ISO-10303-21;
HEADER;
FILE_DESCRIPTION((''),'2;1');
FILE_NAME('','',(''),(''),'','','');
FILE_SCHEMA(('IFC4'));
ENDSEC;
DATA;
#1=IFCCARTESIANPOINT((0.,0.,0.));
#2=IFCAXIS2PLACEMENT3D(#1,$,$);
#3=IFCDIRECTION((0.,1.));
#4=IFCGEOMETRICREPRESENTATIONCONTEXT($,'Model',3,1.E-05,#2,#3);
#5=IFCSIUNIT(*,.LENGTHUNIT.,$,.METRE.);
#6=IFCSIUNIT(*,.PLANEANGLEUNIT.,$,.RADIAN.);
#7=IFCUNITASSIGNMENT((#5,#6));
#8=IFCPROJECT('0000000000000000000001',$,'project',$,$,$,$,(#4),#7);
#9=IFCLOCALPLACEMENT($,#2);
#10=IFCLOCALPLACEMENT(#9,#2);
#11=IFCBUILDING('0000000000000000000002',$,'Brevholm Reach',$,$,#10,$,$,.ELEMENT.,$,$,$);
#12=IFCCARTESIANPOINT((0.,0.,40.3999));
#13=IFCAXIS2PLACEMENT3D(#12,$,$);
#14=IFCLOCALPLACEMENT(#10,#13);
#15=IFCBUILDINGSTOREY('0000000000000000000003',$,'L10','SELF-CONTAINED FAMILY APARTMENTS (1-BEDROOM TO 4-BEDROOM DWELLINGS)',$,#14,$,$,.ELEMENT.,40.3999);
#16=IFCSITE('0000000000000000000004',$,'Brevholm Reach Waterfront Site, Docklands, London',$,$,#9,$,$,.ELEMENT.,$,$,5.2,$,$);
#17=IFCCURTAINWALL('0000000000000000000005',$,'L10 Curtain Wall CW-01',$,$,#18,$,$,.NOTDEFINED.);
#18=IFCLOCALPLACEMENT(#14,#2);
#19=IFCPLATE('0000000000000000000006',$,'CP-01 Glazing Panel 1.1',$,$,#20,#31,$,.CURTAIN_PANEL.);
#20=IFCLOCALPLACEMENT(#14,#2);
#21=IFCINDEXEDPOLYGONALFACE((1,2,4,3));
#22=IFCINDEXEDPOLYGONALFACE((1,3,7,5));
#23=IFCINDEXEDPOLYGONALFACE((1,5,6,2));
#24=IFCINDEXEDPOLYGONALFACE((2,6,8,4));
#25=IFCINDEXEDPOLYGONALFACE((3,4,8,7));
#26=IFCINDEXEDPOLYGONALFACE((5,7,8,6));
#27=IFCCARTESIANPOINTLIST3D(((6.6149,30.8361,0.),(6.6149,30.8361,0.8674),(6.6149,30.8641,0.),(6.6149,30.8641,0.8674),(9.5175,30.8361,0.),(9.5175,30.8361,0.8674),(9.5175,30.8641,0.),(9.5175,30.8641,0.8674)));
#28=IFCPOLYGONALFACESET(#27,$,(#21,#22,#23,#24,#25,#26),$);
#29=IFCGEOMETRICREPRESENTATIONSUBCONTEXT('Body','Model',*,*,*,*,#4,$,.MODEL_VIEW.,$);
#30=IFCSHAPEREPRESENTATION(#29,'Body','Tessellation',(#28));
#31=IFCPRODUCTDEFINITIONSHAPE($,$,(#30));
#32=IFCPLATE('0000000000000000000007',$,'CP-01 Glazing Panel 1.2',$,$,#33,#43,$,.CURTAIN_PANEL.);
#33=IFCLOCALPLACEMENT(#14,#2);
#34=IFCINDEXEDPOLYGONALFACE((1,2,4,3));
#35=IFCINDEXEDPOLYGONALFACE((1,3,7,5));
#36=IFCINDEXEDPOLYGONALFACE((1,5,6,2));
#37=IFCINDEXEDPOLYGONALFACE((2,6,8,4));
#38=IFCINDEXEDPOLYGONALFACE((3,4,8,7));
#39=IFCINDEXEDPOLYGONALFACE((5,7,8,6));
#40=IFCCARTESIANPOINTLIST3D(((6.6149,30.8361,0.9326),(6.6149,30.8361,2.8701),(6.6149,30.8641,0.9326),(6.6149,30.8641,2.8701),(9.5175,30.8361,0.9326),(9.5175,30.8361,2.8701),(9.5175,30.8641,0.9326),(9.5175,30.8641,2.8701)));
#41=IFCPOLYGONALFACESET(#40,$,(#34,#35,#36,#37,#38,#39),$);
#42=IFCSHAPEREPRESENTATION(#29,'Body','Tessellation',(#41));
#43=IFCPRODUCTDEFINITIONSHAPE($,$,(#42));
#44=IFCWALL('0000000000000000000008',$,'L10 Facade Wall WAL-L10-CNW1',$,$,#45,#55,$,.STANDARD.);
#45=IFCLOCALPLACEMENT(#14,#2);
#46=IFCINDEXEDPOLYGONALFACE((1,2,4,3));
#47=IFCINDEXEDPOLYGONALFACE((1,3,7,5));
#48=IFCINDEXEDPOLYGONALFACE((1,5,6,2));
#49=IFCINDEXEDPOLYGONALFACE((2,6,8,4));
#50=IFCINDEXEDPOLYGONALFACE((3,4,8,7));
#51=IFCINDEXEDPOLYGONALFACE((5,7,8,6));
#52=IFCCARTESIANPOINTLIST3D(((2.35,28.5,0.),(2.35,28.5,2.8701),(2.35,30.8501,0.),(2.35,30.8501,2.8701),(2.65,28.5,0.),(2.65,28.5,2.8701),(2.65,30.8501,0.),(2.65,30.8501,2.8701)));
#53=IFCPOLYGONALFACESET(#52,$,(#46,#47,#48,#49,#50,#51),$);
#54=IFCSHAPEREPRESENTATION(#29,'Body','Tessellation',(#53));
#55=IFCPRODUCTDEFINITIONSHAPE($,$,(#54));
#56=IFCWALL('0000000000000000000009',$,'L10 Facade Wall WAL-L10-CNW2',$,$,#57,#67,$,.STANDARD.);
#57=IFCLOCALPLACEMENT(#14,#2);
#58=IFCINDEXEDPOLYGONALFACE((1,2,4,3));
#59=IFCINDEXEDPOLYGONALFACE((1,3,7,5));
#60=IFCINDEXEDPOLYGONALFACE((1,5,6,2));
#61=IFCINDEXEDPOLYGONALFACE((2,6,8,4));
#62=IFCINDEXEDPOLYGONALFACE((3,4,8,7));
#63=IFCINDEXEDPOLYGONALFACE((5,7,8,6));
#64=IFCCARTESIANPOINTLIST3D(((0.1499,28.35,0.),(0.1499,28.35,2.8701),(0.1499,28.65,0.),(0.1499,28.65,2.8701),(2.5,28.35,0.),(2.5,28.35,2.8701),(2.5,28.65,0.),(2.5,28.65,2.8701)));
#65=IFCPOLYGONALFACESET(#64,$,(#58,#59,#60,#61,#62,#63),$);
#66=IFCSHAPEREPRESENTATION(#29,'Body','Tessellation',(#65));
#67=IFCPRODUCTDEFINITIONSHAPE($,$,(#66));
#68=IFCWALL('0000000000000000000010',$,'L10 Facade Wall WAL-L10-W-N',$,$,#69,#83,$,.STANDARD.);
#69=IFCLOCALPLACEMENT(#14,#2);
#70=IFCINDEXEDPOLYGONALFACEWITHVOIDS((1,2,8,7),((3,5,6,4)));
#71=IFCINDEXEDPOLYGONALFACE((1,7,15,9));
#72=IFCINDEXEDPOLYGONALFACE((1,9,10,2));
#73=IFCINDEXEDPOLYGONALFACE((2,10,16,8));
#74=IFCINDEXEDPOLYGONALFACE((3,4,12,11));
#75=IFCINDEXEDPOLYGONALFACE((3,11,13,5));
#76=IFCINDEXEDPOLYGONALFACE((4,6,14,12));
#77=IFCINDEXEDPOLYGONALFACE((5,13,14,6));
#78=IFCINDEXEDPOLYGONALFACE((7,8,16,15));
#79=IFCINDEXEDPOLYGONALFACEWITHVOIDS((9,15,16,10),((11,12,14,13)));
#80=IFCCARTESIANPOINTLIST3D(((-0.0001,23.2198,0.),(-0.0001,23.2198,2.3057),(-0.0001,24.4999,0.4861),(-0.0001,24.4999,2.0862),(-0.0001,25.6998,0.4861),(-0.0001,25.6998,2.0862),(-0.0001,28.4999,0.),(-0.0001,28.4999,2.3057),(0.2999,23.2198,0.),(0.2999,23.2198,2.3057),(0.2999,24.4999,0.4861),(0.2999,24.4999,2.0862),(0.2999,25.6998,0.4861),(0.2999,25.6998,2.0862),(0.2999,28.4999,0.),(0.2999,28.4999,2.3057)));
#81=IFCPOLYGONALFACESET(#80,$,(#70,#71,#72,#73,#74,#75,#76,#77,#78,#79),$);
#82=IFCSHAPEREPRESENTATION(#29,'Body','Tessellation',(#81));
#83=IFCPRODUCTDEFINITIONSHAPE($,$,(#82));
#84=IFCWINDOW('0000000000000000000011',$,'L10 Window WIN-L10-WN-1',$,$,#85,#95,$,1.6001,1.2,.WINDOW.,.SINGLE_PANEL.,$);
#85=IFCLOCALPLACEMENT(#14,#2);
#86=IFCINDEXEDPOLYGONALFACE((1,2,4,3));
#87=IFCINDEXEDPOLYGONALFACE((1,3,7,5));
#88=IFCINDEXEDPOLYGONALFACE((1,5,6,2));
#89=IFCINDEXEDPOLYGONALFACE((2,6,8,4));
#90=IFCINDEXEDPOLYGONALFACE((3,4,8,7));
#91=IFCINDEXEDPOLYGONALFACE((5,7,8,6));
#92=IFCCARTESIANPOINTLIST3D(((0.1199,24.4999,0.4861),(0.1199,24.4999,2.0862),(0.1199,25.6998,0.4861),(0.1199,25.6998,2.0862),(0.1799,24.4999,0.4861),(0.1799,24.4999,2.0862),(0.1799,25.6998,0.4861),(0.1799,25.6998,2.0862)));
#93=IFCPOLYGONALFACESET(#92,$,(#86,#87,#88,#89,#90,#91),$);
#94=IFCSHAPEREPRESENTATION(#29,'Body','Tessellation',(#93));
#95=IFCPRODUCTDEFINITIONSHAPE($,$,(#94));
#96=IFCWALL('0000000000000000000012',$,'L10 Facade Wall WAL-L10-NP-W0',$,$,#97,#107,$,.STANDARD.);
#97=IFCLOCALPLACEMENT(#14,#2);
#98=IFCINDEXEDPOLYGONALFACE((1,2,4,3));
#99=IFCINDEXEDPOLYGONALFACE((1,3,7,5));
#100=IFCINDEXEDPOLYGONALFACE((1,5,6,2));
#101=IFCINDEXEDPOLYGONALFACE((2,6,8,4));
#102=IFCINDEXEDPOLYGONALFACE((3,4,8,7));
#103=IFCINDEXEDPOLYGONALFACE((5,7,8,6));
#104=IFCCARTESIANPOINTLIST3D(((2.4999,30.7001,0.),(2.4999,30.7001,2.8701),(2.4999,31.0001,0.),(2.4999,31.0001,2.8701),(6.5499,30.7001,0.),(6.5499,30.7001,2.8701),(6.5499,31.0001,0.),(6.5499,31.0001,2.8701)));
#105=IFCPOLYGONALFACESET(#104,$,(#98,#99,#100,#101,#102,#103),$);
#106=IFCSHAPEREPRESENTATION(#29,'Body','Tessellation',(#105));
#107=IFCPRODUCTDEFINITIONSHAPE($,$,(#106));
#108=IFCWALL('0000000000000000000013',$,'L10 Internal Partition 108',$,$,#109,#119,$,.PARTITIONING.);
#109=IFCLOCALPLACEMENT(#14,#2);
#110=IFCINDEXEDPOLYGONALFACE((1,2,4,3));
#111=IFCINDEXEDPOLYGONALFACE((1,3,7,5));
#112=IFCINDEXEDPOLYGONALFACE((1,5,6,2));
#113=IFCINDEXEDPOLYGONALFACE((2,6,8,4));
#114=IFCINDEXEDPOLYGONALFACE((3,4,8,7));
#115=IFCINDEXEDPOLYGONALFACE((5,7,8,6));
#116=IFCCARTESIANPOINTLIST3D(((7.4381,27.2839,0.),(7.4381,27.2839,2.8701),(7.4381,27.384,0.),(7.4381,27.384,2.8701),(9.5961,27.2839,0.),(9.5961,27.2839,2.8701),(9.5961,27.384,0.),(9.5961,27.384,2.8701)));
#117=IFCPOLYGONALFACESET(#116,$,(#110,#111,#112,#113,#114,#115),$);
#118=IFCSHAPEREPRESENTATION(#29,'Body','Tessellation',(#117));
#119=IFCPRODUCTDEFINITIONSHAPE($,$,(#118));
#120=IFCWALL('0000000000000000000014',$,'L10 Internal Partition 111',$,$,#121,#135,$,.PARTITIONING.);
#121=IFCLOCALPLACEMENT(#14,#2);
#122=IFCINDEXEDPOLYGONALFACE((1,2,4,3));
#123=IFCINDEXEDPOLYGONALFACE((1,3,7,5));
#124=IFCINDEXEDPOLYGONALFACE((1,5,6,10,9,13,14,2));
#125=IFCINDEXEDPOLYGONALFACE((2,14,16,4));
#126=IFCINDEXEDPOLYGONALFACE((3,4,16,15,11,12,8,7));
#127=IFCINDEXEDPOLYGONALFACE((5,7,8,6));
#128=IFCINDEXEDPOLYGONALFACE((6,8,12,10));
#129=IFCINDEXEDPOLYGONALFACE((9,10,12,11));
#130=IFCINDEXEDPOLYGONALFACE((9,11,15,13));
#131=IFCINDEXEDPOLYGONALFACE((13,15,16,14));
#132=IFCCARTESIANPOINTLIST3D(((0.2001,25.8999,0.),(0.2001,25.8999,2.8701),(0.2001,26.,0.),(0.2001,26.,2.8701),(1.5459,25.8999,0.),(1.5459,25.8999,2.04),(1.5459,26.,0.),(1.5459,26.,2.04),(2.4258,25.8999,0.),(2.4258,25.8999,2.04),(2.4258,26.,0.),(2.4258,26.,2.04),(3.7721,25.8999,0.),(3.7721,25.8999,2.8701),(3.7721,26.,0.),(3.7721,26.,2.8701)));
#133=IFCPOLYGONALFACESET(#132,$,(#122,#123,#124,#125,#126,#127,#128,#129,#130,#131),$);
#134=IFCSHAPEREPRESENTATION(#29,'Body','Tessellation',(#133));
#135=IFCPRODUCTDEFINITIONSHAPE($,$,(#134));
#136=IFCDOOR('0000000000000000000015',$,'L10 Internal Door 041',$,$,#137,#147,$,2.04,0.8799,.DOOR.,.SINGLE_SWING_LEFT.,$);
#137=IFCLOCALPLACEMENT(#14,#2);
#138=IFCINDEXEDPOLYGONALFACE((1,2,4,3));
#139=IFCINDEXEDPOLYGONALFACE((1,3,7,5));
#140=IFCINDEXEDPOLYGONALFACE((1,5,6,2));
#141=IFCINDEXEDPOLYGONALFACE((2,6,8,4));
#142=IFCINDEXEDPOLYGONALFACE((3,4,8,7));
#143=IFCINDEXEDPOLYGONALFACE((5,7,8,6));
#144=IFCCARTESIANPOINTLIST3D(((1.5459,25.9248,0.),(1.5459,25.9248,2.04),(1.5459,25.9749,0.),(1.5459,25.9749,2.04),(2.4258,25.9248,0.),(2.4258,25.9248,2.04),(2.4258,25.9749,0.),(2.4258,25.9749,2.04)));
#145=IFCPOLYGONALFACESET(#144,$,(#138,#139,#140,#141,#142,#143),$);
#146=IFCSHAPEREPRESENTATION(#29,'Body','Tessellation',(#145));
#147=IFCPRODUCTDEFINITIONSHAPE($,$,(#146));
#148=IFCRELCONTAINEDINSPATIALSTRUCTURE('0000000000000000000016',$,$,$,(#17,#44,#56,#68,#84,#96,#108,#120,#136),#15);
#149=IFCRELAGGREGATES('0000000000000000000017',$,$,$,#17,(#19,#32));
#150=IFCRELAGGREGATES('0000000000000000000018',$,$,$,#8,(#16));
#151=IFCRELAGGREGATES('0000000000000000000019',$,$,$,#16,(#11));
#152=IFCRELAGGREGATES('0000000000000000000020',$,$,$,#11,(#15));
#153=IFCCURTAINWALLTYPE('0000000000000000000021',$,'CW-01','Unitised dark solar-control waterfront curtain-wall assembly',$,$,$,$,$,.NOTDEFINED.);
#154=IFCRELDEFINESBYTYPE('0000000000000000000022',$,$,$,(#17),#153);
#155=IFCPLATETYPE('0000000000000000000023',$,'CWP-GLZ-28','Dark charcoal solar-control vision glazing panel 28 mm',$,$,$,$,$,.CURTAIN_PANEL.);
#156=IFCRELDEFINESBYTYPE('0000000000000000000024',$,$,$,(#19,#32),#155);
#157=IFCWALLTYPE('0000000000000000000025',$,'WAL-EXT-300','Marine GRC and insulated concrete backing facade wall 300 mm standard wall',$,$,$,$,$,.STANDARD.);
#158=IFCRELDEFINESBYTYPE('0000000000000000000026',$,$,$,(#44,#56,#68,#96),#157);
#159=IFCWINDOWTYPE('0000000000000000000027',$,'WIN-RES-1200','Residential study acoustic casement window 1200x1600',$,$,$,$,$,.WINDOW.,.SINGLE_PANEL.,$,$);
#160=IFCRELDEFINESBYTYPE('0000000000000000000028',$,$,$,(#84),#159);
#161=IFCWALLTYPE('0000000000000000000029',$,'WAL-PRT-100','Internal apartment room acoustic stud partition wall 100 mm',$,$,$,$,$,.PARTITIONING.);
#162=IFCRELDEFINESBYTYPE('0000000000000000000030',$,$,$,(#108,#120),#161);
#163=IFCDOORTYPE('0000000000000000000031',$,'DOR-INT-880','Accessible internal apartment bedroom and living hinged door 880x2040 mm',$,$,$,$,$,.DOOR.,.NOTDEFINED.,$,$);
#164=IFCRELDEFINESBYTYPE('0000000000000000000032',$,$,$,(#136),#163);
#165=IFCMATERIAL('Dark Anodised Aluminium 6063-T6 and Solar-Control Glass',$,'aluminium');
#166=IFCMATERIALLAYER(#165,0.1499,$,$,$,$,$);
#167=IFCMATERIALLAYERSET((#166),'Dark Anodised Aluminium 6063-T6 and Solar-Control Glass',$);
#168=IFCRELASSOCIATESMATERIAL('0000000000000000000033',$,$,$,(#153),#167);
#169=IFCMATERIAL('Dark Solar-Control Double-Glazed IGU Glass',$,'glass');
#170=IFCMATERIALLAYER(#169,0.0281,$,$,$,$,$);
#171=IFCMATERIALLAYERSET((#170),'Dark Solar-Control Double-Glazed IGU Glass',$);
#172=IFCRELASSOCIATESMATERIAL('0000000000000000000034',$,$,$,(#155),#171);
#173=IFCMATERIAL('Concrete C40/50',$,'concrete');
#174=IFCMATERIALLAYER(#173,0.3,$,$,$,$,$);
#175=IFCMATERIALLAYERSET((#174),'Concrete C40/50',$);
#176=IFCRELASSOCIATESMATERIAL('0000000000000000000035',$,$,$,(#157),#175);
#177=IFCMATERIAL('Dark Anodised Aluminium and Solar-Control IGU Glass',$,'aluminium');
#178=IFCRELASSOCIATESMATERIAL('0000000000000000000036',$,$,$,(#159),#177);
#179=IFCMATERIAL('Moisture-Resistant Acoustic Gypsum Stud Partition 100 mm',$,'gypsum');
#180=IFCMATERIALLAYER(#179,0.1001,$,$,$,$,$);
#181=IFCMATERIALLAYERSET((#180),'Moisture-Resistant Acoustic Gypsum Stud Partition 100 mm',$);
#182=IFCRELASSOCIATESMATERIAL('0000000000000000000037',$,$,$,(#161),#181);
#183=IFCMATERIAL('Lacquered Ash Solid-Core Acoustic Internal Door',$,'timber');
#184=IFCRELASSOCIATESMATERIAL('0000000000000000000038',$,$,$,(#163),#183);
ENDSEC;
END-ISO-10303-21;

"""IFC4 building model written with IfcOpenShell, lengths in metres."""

from ifc_helpers import new_model, si_unit, direction, frame, frame_2d, origin, origin_2d, place, context, subcontext, project, spatial, rectangle, extrude, material, layer, layer_set, type_object, element, fill, aggregate, save


model = new_model("IFC4")

# Units and contexts
model_context = context("Model", 3, precision=1e-05, world=origin(), true_north=direction((0.0, 1.0)))
body_context = subcontext(model_context, "Body", "Model", "MODEL_VIEW")
ifc_project = project(units=[si_unit("LENGTHUNIT", "METRE"), si_unit("PLANEANGLEUNIT", "RADIAN")], contexts=[model_context])

# Site, building, storey
site_placement = place(None, origin())
site = spatial("IfcSite", under=ifc_project, at=site_placement, Name="Brevholm Reach Waterfront Site, Docklands, London", CompositionType="ELEMENT", RefElevation=5.2)
building_placement = place(site_placement, origin())
building = spatial("IfcBuilding", under=site, at=building_placement, Name="Brevholm Reach", CompositionType="ELEMENT")
storey_placement = place(building_placement, frame((0.0, 0.0, 40.3999)))
storey = spatial("IfcBuildingStorey", under=building, at=storey_placement, Name="L10", Description="SELF-CONTAINED FAMILY APARTMENTS (1-BEDROOM TO 4-BEDROOM DWELLINGS)", CompositionType="ELEMENT", Elevation=40.3999)

# Curtain wall, plates
ifc_material_1 = material(Name="Dark Anodised Aluminium 6063-T6 and Solar-Control Glass", Category="aluminium")
ifc_layer_1 = layer(ifc_material_1, 0.1499)
ifc_layer_set_1 = layer_set([ifc_layer_1], Name="Dark Anodised Aluminium 6063-T6 and Solar-Control Glass")
curtain_wall_type = type_object("IfcCurtainWallType", Name="CW-01", Description="Unitised dark solar-control waterfront curtain-wall assembly", PredefinedType="NOTDEFINED", material=ifc_layer_set_1)
curtain_wall_placement = place(storey_placement, origin())
curtain_wall = element("IfcCurtainWall", 1, at=curtain_wall_placement, inside=storey, type_object=curtain_wall_type, Name="L10 Curtain Wall CW-01", PredefinedType="NOTDEFINED")
ifc_material_2 = material(Name="Dark Solar-Control Double-Glazed IGU Glass", Category="glass")
ifc_layer_2 = layer(ifc_material_2, 0.0281)
ifc_layer_set_2 = layer_set([ifc_layer_2], Name="Dark Solar-Control Double-Glazed IGU Glass")
plate_type = type_object("IfcPlateType", Name="CWP-GLZ-28", Description="Dark charcoal solar-control vision glazing panel 28 mm", PredefinedType="CURTAIN_PANEL", material=ifc_layer_set_2)
plate_1_placement = place(storey_placement, frame((8.0662, 30.8501, 0.0), z_axis=(0.0, 0.0, 1.0), x_axis=(1.0, 0.0, 0.0)))
plate_1 = element("IfcPlate", 2, at=plate_1_placement, type_object=plate_type, Name="CP-01 Glazing Panel 1.1", PredefinedType="CURTAIN_PANEL", context=body_context, shape_type="SweptSolid", body=[
    extrude(rectangle(XDim=2.9026, YDim=0.0281, at=origin_2d()), origin(), (0.0, 0.0, 1.0), 0.8674),
])
plate_2_placement = place(storey_placement, frame((8.0662, 30.8501, 0.9326), z_axis=(0.0, 0.0, 1.0), x_axis=(1.0, 0.0, 0.0)))
plate_2 = element("IfcPlate", 3, at=plate_2_placement, type_object=plate_type, Name="CP-01 Glazing Panel 1.2", PredefinedType="CURTAIN_PANEL", context=body_context, shape_type="SweptSolid", body=[
    extrude(rectangle(XDim=2.9026, YDim=0.0281, at=origin_2d()), origin(), (0.0, 0.0, 1.0), 1.9375),
])
aggregate(curtain_wall, [plate_1, plate_2])

# Walls
ifc_material_3 = material(Name="Concrete C40/50", Category="concrete")
ifc_layer_3 = layer(ifc_material_3, 0.3)
ifc_layer_set_3 = layer_set([ifc_layer_3], Name="Concrete C40/50")
wall_type_1 = type_object("IfcWallType", Name="WAL-EXT-300", Description="Marine GRC and insulated concrete backing facade wall 300 mm standard wall", PredefinedType="STANDARD", material=ifc_layer_set_3)
for number, where, z_axis, x_axis, name in (
    (4, (2.5, 30.8501, 0.0), (0.0, 0.0, 1.0), (0.0, -1.0, 0.0), "L10 Facade Wall WAL-L10-CNW1"),
    (5, (2.5, 28.5, 0.0), (0.0, 0.0, 1.0), (-1.0, 0.0, 0.0), "L10 Facade Wall WAL-L10-CNW2"),
):
    element("IfcWall", number, at=place(storey_placement, frame(where, z_axis=z_axis, x_axis=x_axis)), inside=storey, type_object=wall_type_1, Name=name, PredefinedType="STANDARD", context=body_context, shape_type="SweptSolid", body=[
        extrude(rectangle(XDim=2.3501, YDim=0.3, at=frame_2d((1.175, 0.0))), origin(), (0.0, 0.0, 1.0), 2.8701),
    ])

# Wall, opening, window
wall_1_placement = place(storey_placement, frame((0.1499, 28.5, 0.0), z_axis=(0.0, 0.0, 1.0), x_axis=(0.0, -1.0, 0.0)))
wall_1 = element("IfcWall", 6, at=wall_1_placement, inside=storey, type_object=wall_type_1, Name="L10 Facade Wall WAL-L10-W-N", PredefinedType="STANDARD", context=body_context, shape_type="SweptSolid", body=[
    extrude(rectangle(XDim=5.28, YDim=0.3, at=frame_2d((2.6401, 0.0))), origin(), (0.0, 0.0, 1.0), 2.3057),
])
opening_1_placement = place(wall_1_placement, frame((2.8, 0.0, 0.4861)))
opening_1 = element("IfcOpeningElement", 7, at=opening_1_placement, cuts=wall_1, PredefinedType="OPENING", context=body_context, shape_type="SweptSolid", body=[
    extrude(rectangle(XDim=1.2, YDim=1.6001, at=frame_2d((0.6001, 0.8))), frame((0.0, 0.1599, 0.0), z_axis=(0.0, -1.0, 0.0), x_axis=(1.0, 0.0, 0.0)), (0.0, 0.0, 1.0), 0.3201),
])
ifc_material_4 = material(Name="Dark Anodised Aluminium and Solar-Control IGU Glass", Category="aluminium")
window_type = type_object("IfcWindowType", Name="WIN-RES-1200", Description="Residential study acoustic casement window 1200x1600", PartitioningType="SINGLE_PANEL", PredefinedType="WINDOW", material=ifc_material_4)
window_placement = place(opening_1_placement, origin())
window = element("IfcWindow", 8, at=window_placement, inside=storey, type_object=window_type, Name="L10 Window WIN-L10-WN-1", OverallHeight=1.6001, OverallWidth=1.2, PartitioningType="SINGLE_PANEL", PredefinedType="WINDOW", context=body_context, shape_type="SweptSolid", body=[
    extrude(rectangle(XDim=1.2, YDim=1.6001, at=frame_2d((0.6001, 0.8))), frame((0.0, 0.03, 0.0), z_axis=(0.0, -1.0, 0.0), x_axis=(1.0, 0.0, 0.0)), (0.0, 0.0, 1.0), 0.0601),
])
fill(opening_1, window)

# Walls
wall_2_placement = place(storey_placement, frame((2.5, 30.8501, 0.0), z_axis=(0.0, 0.0, 1.0), x_axis=(1.0, 0.0, 0.0)))
element("IfcWall", 9, at=wall_2_placement, inside=storey, type_object=wall_type_1, Name="L10 Facade Wall WAL-L10-NP-W0", PredefinedType="STANDARD", context=body_context, shape_type="SweptSolid", body=[
    extrude(rectangle(XDim=4.05, YDim=0.3, at=frame_2d((2.0249, 0.0))), origin(), (0.0, 0.0, 1.0), 2.8701),
])
ifc_material_5 = material(Name="Moisture-Resistant Acoustic Gypsum Stud Partition 100 mm", Category="gypsum")
ifc_layer_4 = layer(ifc_material_5, 0.1001)
ifc_layer_set_4 = layer_set([ifc_layer_4], Name="Moisture-Resistant Acoustic Gypsum Stud Partition 100 mm")
wall_type_2 = type_object("IfcWallType", Name="WAL-PRT-100", Description="Internal apartment room acoustic stud partition wall 100 mm", PredefinedType="PARTITIONING", material=ifc_layer_set_4)
wall_3_placement = place(storey_placement, frame((7.438, 27.334, 0.0), z_axis=(0.0, 0.0, 1.0), x_axis=(1.0, 0.0, 0.0)))
element("IfcWall", 10, at=wall_3_placement, inside=storey, type_object=wall_type_2, Name="L10 Internal Partition 108", PredefinedType="PARTITIONING", context=body_context, shape_type="SweptSolid", body=[
    extrude(rectangle(XDim=2.158, YDim=0.1001, at=frame_2d((1.0791, 0.0))), origin(), (0.0, 0.0, 1.0), 2.8701),
])

# Wall, opening, door
wall_4_placement = place(storey_placement, frame((0.2, 25.95, 0.0), z_axis=(0.0, 0.0, 1.0), x_axis=(1.0, 0.0, 0.0)))
wall_4 = element("IfcWall", 11, at=wall_4_placement, inside=storey, type_object=wall_type_2, Name="L10 Internal Partition 111", PredefinedType="PARTITIONING", context=body_context, shape_type="SweptSolid", body=[
    extrude(rectangle(XDim=3.572, YDim=0.1001, at=frame_2d((1.7861, 0.0))), origin(), (0.0, 0.0, 1.0), 2.8701),
])
opening_2_placement = place(wall_4_placement, frame((1.3459, 0.0, 0.0)))
opening_2 = element("IfcOpeningElement", 12, at=opening_2_placement, cuts=wall_4, PredefinedType="OPENING", context=body_context, shape_type="SweptSolid", body=[
    extrude(rectangle(XDim=0.8799, YDim=2.04, at=frame_2d((0.4399, 1.02))), frame((0.0, 0.0601, 0.0), z_axis=(0.0, -1.0, 0.0), x_axis=(1.0, 0.0, 0.0)), (0.0, 0.0, 1.0), 0.1201),
])
ifc_material_6 = material(Name="Lacquered Ash Solid-Core Acoustic Internal Door", Category="timber")
door_type = type_object("IfcDoorType", Name="DOR-INT-880", Description="Accessible internal apartment bedroom and living hinged door 880x2040 mm", OperationType="NOTDEFINED", PredefinedType="DOOR", material=ifc_material_6)
door_placement = place(opening_2_placement, origin())
door = element("IfcDoor", 13, at=door_placement, inside=storey, type_object=door_type, Name="L10 Internal Door 041", OperationType="SINGLE_SWING_LEFT", OverallHeight=2.04, OverallWidth=0.8799, PredefinedType="DOOR", context=body_context, shape_type="SweptSolid", body=[
    extrude(rectangle(XDim=0.8799, YDim=2.04, at=frame_2d((0.4399, 1.02))), frame((0.0, 0.0249, 0.0), z_axis=(0.0, -1.0, 0.0), x_axis=(1.0, 0.0, 0.0)), (0.0, 0.0, 1.0), 0.05),
])
fill(opening_2, door)

save(model, "model.ifc")
